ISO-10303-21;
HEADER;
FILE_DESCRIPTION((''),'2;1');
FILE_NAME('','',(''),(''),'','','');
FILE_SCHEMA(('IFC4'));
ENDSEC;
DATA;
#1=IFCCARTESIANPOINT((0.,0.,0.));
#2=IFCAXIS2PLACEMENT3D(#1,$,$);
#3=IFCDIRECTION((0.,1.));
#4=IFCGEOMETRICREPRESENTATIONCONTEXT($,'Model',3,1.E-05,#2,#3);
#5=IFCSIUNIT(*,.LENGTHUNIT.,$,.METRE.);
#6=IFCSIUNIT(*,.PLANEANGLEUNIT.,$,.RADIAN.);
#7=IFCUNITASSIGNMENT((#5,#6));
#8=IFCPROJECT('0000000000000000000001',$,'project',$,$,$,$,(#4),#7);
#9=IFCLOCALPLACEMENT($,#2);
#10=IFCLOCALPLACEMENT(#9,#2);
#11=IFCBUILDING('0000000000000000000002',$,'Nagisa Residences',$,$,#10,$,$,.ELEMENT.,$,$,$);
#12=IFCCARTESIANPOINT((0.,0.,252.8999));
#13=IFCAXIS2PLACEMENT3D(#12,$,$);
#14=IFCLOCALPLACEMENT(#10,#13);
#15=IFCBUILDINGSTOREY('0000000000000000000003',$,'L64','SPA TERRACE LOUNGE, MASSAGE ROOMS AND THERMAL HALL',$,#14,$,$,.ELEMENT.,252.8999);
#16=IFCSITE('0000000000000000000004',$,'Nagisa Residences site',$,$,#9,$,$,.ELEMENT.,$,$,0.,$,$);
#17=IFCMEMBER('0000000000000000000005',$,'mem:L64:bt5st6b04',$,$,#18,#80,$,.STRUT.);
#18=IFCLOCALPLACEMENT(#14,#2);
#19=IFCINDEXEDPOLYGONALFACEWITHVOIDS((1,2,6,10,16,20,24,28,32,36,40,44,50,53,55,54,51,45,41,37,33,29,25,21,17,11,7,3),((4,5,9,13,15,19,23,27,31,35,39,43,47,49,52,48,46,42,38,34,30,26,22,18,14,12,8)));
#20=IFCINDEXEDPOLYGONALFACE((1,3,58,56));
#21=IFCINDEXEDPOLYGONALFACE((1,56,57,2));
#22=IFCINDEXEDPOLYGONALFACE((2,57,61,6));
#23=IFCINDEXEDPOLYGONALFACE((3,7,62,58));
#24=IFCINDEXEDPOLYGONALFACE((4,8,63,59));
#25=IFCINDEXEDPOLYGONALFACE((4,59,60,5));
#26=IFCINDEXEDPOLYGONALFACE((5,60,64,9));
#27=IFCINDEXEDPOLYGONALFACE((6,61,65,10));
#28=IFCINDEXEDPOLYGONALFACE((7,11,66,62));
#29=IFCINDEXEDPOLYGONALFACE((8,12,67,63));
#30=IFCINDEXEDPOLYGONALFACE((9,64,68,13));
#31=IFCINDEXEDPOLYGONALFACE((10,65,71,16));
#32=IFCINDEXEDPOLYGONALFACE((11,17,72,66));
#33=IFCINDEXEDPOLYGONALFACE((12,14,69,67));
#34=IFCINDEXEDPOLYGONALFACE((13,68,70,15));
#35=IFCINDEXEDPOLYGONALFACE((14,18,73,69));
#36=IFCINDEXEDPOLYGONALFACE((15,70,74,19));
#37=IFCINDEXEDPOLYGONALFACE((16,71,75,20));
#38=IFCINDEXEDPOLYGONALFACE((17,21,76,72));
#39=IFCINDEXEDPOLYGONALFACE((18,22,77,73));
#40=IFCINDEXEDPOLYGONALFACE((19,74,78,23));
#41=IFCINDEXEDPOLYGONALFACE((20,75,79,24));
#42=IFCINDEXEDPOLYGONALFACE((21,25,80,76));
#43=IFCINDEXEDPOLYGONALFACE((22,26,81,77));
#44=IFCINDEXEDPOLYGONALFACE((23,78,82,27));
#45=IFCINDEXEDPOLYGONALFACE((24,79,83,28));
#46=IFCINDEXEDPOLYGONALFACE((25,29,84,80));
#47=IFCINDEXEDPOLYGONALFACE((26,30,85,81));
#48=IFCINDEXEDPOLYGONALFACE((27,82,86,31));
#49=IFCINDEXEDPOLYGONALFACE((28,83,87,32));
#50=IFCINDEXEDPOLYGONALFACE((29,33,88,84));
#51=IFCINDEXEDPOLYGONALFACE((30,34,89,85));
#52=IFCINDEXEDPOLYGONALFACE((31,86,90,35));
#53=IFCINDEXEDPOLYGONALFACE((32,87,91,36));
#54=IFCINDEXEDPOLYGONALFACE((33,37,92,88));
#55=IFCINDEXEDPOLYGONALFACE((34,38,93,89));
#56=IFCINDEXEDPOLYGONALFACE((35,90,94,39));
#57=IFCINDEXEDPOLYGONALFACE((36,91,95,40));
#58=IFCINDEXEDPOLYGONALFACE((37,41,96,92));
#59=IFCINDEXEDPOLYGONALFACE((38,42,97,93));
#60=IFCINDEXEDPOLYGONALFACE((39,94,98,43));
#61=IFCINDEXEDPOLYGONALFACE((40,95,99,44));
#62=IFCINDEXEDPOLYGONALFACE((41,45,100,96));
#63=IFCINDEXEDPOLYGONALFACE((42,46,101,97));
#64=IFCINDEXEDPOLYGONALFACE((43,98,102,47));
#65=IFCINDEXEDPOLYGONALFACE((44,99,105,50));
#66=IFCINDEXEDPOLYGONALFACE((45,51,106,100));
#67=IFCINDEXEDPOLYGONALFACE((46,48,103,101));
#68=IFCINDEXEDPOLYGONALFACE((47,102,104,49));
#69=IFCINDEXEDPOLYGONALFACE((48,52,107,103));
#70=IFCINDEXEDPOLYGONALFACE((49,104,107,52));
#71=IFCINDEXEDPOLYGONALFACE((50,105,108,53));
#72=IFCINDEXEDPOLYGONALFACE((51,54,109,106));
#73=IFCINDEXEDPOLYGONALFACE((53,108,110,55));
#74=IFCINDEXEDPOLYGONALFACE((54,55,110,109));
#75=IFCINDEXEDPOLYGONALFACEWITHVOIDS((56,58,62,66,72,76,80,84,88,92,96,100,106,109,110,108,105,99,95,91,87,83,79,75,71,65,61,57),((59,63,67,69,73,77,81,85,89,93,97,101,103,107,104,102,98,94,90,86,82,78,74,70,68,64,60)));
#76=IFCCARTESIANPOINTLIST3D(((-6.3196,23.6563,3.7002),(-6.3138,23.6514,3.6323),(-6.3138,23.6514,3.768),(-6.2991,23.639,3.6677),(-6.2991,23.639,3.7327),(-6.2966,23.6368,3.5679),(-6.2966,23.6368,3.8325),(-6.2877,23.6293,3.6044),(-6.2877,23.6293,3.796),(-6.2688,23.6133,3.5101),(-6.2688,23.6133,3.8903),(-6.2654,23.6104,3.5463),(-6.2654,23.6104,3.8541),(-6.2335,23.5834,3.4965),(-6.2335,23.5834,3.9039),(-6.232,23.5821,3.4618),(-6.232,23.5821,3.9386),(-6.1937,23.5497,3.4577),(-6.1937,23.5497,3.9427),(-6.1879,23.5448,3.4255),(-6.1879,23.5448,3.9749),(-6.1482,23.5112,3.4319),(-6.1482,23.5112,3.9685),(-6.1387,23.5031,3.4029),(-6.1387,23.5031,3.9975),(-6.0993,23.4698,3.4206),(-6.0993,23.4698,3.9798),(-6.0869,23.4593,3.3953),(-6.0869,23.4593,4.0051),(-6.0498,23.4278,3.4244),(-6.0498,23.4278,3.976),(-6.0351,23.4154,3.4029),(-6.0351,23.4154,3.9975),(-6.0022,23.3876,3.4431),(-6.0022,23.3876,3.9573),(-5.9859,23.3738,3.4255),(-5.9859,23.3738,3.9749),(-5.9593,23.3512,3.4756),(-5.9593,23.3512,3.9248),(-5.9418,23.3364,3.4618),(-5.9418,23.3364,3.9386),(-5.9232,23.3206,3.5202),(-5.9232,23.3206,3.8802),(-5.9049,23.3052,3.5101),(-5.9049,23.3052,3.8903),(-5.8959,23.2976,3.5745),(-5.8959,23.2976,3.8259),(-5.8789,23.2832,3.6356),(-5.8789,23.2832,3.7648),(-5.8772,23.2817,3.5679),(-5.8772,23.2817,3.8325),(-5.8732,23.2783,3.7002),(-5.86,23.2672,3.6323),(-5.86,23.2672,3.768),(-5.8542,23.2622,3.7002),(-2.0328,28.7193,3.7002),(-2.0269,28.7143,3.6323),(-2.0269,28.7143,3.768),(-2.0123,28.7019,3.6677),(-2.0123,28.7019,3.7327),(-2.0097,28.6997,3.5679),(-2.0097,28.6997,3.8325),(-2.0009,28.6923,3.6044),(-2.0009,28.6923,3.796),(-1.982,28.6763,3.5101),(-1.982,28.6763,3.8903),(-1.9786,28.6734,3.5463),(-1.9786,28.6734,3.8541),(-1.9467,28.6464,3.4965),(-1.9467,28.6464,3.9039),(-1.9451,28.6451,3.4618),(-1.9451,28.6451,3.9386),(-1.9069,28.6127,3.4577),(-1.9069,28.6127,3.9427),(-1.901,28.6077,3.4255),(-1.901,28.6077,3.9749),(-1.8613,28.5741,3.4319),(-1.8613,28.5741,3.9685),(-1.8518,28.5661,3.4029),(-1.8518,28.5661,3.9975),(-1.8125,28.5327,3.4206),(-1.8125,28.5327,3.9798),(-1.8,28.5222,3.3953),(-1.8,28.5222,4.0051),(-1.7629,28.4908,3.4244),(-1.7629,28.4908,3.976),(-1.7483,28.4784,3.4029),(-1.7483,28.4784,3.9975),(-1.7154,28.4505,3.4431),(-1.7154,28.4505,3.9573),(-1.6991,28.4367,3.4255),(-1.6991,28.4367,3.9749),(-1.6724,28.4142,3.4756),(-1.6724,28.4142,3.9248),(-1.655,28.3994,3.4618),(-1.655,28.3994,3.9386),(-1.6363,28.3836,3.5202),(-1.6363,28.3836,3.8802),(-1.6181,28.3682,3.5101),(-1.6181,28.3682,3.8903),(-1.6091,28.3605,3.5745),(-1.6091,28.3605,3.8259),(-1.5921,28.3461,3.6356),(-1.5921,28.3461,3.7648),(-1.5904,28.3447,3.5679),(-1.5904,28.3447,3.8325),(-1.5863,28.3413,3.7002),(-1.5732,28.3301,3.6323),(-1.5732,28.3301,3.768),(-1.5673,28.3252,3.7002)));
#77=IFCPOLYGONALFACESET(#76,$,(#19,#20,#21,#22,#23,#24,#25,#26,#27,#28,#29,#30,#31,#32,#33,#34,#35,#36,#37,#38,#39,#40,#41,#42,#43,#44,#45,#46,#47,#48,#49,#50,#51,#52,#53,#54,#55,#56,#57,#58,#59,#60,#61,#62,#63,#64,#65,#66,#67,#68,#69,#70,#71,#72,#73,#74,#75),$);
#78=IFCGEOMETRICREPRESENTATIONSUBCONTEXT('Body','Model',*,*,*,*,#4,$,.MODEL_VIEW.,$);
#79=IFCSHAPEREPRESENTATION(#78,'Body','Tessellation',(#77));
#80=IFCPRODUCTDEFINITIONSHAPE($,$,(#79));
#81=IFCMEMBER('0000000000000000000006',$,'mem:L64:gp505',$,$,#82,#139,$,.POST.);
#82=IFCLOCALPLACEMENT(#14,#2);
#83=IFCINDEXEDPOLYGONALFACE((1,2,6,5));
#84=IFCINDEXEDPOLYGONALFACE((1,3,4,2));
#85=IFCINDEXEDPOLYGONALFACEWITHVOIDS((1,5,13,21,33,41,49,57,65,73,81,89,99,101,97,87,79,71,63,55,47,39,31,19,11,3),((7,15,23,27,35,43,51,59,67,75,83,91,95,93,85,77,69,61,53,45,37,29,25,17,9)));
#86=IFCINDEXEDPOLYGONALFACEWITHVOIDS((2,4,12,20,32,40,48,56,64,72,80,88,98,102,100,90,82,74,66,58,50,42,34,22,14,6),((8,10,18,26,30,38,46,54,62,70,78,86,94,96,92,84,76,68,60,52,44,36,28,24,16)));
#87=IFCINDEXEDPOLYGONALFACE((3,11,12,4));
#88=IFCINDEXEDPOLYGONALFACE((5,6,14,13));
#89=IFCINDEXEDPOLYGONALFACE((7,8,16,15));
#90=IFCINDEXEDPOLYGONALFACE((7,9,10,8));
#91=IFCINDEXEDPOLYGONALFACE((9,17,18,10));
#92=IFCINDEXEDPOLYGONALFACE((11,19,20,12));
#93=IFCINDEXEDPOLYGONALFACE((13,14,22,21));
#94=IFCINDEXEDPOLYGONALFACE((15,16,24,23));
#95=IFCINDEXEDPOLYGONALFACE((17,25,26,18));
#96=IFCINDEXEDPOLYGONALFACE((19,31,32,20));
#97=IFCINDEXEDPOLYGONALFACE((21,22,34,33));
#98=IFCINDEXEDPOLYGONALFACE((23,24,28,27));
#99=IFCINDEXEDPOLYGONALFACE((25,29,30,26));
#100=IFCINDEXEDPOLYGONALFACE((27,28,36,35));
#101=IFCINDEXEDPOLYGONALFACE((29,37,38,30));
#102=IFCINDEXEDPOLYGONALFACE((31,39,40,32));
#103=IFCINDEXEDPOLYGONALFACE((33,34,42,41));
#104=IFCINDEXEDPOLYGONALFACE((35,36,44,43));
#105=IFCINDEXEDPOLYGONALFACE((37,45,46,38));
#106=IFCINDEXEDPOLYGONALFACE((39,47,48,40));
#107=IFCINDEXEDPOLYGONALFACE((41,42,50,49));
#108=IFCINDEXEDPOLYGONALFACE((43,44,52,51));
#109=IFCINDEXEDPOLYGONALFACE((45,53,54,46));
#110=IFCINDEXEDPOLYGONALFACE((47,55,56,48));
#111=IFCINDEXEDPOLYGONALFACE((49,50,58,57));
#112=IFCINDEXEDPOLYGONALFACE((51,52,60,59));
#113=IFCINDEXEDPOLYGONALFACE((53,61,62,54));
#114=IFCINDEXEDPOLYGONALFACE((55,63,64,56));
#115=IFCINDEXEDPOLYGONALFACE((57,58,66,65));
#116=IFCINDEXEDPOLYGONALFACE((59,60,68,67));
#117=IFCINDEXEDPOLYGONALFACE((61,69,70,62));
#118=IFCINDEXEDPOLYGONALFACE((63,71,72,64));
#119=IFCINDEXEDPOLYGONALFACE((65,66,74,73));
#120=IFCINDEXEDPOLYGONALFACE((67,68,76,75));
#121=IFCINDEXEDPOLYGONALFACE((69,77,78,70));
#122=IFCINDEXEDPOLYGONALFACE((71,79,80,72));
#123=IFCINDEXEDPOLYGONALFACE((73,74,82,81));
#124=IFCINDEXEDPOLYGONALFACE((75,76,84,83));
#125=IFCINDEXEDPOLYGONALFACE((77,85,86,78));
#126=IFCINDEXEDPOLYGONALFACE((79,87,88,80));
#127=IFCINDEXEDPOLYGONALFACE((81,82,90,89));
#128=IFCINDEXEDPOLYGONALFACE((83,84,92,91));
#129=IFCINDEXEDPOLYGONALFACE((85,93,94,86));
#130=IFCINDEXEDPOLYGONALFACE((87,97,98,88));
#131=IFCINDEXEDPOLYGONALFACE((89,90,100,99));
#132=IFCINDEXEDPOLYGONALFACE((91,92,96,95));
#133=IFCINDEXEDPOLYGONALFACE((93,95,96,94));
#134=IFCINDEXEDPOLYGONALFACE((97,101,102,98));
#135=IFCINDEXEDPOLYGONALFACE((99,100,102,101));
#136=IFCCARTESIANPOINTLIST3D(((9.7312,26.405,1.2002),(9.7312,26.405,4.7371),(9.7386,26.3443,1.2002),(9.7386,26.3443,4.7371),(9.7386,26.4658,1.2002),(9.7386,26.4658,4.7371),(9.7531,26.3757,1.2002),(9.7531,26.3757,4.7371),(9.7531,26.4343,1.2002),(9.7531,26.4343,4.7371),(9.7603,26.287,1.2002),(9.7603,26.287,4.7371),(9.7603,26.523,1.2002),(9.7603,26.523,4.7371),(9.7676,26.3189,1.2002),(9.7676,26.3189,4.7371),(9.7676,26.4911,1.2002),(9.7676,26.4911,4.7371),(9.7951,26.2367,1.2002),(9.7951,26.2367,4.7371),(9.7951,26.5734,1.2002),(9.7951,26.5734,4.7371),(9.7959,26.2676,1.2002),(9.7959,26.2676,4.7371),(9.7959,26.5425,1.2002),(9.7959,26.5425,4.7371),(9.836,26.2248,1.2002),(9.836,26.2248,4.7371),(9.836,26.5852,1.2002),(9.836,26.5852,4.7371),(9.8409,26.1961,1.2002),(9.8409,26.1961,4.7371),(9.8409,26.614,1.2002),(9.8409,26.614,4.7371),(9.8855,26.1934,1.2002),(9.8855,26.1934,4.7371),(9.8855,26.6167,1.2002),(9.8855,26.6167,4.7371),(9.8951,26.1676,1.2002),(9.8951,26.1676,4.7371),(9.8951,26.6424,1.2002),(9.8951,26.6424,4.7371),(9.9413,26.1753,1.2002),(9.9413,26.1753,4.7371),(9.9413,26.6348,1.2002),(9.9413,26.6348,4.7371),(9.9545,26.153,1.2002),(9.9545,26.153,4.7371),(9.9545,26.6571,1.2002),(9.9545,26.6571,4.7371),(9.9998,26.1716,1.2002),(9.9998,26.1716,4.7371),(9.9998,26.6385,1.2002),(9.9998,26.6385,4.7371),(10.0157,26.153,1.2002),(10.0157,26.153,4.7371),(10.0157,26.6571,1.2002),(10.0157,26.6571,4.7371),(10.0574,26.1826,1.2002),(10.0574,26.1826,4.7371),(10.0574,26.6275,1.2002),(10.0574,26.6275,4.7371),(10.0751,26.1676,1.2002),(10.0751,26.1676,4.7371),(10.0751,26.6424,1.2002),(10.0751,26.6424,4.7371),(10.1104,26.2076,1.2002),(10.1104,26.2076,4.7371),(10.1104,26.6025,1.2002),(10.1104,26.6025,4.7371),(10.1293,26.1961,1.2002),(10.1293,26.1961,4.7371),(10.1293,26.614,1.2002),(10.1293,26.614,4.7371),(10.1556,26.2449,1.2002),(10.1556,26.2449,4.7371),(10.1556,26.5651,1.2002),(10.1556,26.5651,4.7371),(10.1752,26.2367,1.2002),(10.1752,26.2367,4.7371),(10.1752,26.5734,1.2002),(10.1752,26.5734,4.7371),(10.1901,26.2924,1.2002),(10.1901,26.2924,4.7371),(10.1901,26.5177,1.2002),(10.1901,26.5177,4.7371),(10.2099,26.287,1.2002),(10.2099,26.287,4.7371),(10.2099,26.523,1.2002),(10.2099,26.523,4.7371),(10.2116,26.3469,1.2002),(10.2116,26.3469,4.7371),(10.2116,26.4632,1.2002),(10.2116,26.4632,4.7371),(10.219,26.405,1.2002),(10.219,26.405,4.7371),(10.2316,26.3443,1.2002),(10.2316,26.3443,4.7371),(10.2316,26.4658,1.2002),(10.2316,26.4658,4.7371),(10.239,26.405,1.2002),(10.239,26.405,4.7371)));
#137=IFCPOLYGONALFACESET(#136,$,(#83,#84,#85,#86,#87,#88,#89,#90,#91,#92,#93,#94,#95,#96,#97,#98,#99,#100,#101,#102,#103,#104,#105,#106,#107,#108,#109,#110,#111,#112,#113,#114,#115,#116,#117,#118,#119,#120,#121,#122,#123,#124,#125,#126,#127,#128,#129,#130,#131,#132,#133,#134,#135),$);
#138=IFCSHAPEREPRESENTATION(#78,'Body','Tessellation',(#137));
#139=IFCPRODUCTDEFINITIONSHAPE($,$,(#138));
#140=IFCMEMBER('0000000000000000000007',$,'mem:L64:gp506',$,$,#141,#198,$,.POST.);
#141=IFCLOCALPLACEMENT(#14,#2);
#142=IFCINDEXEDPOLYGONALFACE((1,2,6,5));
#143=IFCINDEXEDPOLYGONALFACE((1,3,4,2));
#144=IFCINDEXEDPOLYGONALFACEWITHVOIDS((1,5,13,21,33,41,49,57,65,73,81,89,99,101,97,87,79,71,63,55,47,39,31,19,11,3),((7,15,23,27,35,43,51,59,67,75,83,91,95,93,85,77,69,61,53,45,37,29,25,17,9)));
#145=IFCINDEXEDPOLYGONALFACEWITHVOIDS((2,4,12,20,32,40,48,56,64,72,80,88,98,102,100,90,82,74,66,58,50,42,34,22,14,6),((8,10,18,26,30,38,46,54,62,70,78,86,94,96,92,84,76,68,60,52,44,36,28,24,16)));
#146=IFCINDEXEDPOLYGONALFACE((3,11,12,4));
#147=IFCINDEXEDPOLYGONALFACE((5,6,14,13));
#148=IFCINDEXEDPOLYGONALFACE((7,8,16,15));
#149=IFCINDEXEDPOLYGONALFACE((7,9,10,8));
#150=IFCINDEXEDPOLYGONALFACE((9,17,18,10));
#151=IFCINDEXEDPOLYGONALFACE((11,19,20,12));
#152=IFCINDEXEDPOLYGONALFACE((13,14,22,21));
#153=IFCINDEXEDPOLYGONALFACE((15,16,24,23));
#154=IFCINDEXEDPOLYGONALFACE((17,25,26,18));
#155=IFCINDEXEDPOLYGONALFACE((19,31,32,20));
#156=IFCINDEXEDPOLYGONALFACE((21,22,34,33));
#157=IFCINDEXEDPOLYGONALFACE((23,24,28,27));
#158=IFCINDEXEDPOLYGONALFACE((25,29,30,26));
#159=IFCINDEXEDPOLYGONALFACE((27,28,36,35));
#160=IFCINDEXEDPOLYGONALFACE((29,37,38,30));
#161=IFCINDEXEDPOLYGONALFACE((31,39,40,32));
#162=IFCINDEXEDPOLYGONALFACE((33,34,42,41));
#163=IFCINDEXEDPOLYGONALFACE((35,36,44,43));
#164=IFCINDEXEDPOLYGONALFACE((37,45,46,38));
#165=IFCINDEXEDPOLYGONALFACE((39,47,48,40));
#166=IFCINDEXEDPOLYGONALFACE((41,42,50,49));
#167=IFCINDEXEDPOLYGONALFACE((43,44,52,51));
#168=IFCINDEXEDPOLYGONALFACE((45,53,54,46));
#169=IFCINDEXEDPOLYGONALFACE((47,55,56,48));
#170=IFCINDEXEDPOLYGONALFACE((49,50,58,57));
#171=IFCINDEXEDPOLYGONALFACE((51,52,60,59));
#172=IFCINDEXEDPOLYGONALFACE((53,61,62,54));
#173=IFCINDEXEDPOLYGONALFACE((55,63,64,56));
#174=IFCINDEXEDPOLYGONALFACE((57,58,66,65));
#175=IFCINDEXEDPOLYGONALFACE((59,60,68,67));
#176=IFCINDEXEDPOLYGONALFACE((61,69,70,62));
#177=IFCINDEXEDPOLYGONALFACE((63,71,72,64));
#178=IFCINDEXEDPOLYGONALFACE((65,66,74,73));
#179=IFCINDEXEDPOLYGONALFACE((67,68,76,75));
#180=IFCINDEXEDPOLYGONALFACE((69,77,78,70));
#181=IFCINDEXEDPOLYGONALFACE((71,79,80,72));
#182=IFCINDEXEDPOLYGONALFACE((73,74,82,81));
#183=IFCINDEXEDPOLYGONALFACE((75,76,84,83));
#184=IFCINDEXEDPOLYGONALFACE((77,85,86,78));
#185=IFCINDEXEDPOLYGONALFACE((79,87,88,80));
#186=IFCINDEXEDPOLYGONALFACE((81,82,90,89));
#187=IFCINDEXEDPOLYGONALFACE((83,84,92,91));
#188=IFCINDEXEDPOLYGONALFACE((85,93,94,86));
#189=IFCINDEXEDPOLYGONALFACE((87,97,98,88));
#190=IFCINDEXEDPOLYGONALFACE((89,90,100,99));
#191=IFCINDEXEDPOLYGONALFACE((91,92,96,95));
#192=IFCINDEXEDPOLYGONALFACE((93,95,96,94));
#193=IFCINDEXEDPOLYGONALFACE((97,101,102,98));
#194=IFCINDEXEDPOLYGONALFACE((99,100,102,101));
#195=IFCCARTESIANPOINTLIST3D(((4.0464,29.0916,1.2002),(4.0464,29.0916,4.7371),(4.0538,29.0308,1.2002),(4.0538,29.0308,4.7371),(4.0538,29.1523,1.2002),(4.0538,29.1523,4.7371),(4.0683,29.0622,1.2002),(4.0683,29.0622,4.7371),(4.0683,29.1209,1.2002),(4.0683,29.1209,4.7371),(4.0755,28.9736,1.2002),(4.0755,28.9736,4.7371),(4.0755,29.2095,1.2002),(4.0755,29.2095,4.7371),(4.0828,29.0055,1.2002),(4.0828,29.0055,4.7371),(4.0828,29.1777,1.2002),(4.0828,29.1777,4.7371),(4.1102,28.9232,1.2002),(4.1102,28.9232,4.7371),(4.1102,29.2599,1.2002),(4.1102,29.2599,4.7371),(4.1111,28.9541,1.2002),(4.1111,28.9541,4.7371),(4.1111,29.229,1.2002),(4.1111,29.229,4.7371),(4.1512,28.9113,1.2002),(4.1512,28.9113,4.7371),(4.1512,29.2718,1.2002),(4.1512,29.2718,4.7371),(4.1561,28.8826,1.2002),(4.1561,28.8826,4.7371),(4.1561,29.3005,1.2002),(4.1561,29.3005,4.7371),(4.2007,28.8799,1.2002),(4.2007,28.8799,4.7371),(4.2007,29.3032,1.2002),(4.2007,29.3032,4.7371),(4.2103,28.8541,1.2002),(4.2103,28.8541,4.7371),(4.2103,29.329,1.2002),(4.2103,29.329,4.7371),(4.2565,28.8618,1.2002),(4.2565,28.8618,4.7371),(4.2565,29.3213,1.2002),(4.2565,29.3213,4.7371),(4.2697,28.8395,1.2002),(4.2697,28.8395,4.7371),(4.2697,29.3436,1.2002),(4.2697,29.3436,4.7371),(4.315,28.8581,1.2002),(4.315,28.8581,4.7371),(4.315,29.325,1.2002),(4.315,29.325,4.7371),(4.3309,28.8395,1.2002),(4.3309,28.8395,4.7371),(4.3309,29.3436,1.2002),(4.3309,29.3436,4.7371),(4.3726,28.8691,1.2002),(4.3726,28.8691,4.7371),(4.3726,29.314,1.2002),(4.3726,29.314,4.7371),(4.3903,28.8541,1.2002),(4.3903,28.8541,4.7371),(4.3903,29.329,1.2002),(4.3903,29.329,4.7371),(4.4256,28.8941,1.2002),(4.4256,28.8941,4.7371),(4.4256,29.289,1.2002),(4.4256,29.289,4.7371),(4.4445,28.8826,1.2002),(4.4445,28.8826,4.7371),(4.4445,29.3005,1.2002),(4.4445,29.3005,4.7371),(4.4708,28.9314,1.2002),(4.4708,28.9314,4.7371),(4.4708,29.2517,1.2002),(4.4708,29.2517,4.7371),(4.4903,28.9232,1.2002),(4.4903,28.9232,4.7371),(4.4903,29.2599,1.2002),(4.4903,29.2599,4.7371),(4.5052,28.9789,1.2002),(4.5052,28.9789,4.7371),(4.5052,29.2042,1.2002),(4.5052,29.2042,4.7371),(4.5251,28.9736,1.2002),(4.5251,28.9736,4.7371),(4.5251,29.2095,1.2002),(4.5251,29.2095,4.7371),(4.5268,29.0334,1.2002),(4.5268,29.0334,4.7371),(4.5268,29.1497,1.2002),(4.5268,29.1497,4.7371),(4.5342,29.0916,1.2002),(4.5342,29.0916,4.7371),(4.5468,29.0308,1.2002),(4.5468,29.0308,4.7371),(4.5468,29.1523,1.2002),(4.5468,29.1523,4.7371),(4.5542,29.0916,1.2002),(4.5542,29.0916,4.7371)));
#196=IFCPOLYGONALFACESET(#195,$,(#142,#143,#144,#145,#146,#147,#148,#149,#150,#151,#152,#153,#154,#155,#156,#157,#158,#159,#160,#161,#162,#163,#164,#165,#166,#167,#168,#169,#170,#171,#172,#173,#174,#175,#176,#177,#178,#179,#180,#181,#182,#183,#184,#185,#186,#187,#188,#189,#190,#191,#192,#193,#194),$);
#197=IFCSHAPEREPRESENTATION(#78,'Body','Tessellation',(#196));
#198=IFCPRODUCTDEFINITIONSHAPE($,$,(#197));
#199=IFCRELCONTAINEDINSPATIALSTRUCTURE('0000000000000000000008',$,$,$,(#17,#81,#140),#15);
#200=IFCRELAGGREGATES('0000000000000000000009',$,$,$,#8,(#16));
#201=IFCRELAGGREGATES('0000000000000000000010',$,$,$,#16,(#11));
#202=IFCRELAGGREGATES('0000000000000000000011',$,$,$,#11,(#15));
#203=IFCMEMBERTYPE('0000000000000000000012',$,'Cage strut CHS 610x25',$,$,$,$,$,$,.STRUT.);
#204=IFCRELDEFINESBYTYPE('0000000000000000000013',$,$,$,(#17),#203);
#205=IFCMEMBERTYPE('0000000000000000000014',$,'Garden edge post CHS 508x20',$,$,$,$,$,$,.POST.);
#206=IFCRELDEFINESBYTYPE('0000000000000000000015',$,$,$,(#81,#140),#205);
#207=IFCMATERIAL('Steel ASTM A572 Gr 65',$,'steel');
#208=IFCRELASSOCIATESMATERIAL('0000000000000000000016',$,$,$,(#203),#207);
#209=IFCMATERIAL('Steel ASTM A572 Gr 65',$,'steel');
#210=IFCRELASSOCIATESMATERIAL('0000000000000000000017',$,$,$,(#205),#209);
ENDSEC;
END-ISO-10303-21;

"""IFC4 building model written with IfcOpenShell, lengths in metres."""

from ifc_helpers import new_model, si_unit, direction, frame, origin, origin_2d, place, context, subcontext, project, spatial, hollow_circle, extrude, material, material_profile, profile_set, type_object, element, save


model = new_model("IFC4")

# Units and contexts
model_context = context("Model", 3, precision=1e-05, world=origin(), true_north=direction((0.0, 1.0)))
body_context = subcontext(model_context, "Body", "Model", "MODEL_VIEW")
ifc_project = project(units=[si_unit("LENGTHUNIT", "METRE"), si_unit("PLANEANGLEUNIT", "RADIAN")], contexts=[model_context])

# Site, building, storey
site_placement = place(None, origin())
site = spatial("IfcSite", under=ifc_project, at=site_placement, Name="Nagisa Residences site", CompositionType="ELEMENT", RefElevation=0.0)
building_placement = place(site_placement, origin())
building = spatial("IfcBuilding", under=site, at=building_placement, Name="Nagisa Residences", CompositionType="ELEMENT")
storey_placement = place(building_placement, frame((0.0, 0.0, 252.8999)))
storey = spatial("IfcBuildingStorey", under=building, at=storey_placement, Name="L64", Description="SPA TERRACE LOUNGE, MASSAGE ROOMS AND THERMAL HALL", CompositionType="ELEMENT", Elevation=252.8999)

# Members
ifc_material_1 = material(Name="Steel ASTM A572 Gr 65", Category="steel")
ifc_material_profile_1 = material_profile(ifc_material_1, hollow_circle(Radius=0.3049, WallThickness=0.0249, at=origin_2d()), Name="CHS 610x25")
ifc_profile_set_1 = profile_set([ifc_material_profile_1], Name="Steel ASTM A572 Gr 65")
member_type_1 = type_object("IfcMemberType", Name="Cage strut CHS 610x25", PredefinedType="STRUT", material=ifc_profile_set_1)
member_1_placement = place(storey_placement, frame((-1.8, 28.5222, 3.7002), z_axis=(-0.646188, -0.763178, 0.0), x_axis=(0.763178, -0.646188, 0.0)))
element("IfcMember", 1, at=member_1_placement, inside=storey, type_object=member_type_1, Name="mem:L64:bt5st6b04", PredefinedType="STRUT", context=body_context, shape_type="SweptSolid", body=[
    extrude(hollow_circle(Radius=0.3049, WallThickness=0.0249, at=origin_2d()), origin(), (0.0, 0.0, 1.0), 6.634),
])
ifc_material_2 = material(Name="Steel ASTM A572 Gr 65", Category="steel")
ifc_material_profile_2 = material_profile(ifc_material_2, hollow_circle(Radius=0.2539, WallThickness=0.02, at=origin_2d()), Name="CHS 508x20")
ifc_profile_set_2 = profile_set([ifc_material_profile_2], Name="Steel ASTM A572 Gr 65")
member_type_2 = type_object("IfcMemberType", Name="Garden edge post CHS 508x20", PredefinedType="POST", material=ifc_profile_set_2)
for number, where, z_axis, x_axis, name in (
    (2, (9.9851, 26.405, 1.2002), (0.0, 0.0, 1.0), (1.0, 0.0, 0.0), "mem:L64:gp505"),
    (3, (4.3003, 29.0916, 1.2002), (0.0, 0.0, 1.0), (1.0, 0.0, 0.0), "mem:L64:gp506"),
):
    element("IfcMember", number, at=place(storey_placement, frame(where, z_axis=z_axis, x_axis=x_axis)), inside=storey, type_object=member_type_2, Name=name, PredefinedType="POST", context=body_context, shape_type="SweptSolid", body=[
        extrude(hollow_circle(Radius=0.2539, WallThickness=0.02, at=origin_2d()), origin(), (0.0, 0.0, 1.0), 3.5369),
    ])

save(model, "model.ifc")
